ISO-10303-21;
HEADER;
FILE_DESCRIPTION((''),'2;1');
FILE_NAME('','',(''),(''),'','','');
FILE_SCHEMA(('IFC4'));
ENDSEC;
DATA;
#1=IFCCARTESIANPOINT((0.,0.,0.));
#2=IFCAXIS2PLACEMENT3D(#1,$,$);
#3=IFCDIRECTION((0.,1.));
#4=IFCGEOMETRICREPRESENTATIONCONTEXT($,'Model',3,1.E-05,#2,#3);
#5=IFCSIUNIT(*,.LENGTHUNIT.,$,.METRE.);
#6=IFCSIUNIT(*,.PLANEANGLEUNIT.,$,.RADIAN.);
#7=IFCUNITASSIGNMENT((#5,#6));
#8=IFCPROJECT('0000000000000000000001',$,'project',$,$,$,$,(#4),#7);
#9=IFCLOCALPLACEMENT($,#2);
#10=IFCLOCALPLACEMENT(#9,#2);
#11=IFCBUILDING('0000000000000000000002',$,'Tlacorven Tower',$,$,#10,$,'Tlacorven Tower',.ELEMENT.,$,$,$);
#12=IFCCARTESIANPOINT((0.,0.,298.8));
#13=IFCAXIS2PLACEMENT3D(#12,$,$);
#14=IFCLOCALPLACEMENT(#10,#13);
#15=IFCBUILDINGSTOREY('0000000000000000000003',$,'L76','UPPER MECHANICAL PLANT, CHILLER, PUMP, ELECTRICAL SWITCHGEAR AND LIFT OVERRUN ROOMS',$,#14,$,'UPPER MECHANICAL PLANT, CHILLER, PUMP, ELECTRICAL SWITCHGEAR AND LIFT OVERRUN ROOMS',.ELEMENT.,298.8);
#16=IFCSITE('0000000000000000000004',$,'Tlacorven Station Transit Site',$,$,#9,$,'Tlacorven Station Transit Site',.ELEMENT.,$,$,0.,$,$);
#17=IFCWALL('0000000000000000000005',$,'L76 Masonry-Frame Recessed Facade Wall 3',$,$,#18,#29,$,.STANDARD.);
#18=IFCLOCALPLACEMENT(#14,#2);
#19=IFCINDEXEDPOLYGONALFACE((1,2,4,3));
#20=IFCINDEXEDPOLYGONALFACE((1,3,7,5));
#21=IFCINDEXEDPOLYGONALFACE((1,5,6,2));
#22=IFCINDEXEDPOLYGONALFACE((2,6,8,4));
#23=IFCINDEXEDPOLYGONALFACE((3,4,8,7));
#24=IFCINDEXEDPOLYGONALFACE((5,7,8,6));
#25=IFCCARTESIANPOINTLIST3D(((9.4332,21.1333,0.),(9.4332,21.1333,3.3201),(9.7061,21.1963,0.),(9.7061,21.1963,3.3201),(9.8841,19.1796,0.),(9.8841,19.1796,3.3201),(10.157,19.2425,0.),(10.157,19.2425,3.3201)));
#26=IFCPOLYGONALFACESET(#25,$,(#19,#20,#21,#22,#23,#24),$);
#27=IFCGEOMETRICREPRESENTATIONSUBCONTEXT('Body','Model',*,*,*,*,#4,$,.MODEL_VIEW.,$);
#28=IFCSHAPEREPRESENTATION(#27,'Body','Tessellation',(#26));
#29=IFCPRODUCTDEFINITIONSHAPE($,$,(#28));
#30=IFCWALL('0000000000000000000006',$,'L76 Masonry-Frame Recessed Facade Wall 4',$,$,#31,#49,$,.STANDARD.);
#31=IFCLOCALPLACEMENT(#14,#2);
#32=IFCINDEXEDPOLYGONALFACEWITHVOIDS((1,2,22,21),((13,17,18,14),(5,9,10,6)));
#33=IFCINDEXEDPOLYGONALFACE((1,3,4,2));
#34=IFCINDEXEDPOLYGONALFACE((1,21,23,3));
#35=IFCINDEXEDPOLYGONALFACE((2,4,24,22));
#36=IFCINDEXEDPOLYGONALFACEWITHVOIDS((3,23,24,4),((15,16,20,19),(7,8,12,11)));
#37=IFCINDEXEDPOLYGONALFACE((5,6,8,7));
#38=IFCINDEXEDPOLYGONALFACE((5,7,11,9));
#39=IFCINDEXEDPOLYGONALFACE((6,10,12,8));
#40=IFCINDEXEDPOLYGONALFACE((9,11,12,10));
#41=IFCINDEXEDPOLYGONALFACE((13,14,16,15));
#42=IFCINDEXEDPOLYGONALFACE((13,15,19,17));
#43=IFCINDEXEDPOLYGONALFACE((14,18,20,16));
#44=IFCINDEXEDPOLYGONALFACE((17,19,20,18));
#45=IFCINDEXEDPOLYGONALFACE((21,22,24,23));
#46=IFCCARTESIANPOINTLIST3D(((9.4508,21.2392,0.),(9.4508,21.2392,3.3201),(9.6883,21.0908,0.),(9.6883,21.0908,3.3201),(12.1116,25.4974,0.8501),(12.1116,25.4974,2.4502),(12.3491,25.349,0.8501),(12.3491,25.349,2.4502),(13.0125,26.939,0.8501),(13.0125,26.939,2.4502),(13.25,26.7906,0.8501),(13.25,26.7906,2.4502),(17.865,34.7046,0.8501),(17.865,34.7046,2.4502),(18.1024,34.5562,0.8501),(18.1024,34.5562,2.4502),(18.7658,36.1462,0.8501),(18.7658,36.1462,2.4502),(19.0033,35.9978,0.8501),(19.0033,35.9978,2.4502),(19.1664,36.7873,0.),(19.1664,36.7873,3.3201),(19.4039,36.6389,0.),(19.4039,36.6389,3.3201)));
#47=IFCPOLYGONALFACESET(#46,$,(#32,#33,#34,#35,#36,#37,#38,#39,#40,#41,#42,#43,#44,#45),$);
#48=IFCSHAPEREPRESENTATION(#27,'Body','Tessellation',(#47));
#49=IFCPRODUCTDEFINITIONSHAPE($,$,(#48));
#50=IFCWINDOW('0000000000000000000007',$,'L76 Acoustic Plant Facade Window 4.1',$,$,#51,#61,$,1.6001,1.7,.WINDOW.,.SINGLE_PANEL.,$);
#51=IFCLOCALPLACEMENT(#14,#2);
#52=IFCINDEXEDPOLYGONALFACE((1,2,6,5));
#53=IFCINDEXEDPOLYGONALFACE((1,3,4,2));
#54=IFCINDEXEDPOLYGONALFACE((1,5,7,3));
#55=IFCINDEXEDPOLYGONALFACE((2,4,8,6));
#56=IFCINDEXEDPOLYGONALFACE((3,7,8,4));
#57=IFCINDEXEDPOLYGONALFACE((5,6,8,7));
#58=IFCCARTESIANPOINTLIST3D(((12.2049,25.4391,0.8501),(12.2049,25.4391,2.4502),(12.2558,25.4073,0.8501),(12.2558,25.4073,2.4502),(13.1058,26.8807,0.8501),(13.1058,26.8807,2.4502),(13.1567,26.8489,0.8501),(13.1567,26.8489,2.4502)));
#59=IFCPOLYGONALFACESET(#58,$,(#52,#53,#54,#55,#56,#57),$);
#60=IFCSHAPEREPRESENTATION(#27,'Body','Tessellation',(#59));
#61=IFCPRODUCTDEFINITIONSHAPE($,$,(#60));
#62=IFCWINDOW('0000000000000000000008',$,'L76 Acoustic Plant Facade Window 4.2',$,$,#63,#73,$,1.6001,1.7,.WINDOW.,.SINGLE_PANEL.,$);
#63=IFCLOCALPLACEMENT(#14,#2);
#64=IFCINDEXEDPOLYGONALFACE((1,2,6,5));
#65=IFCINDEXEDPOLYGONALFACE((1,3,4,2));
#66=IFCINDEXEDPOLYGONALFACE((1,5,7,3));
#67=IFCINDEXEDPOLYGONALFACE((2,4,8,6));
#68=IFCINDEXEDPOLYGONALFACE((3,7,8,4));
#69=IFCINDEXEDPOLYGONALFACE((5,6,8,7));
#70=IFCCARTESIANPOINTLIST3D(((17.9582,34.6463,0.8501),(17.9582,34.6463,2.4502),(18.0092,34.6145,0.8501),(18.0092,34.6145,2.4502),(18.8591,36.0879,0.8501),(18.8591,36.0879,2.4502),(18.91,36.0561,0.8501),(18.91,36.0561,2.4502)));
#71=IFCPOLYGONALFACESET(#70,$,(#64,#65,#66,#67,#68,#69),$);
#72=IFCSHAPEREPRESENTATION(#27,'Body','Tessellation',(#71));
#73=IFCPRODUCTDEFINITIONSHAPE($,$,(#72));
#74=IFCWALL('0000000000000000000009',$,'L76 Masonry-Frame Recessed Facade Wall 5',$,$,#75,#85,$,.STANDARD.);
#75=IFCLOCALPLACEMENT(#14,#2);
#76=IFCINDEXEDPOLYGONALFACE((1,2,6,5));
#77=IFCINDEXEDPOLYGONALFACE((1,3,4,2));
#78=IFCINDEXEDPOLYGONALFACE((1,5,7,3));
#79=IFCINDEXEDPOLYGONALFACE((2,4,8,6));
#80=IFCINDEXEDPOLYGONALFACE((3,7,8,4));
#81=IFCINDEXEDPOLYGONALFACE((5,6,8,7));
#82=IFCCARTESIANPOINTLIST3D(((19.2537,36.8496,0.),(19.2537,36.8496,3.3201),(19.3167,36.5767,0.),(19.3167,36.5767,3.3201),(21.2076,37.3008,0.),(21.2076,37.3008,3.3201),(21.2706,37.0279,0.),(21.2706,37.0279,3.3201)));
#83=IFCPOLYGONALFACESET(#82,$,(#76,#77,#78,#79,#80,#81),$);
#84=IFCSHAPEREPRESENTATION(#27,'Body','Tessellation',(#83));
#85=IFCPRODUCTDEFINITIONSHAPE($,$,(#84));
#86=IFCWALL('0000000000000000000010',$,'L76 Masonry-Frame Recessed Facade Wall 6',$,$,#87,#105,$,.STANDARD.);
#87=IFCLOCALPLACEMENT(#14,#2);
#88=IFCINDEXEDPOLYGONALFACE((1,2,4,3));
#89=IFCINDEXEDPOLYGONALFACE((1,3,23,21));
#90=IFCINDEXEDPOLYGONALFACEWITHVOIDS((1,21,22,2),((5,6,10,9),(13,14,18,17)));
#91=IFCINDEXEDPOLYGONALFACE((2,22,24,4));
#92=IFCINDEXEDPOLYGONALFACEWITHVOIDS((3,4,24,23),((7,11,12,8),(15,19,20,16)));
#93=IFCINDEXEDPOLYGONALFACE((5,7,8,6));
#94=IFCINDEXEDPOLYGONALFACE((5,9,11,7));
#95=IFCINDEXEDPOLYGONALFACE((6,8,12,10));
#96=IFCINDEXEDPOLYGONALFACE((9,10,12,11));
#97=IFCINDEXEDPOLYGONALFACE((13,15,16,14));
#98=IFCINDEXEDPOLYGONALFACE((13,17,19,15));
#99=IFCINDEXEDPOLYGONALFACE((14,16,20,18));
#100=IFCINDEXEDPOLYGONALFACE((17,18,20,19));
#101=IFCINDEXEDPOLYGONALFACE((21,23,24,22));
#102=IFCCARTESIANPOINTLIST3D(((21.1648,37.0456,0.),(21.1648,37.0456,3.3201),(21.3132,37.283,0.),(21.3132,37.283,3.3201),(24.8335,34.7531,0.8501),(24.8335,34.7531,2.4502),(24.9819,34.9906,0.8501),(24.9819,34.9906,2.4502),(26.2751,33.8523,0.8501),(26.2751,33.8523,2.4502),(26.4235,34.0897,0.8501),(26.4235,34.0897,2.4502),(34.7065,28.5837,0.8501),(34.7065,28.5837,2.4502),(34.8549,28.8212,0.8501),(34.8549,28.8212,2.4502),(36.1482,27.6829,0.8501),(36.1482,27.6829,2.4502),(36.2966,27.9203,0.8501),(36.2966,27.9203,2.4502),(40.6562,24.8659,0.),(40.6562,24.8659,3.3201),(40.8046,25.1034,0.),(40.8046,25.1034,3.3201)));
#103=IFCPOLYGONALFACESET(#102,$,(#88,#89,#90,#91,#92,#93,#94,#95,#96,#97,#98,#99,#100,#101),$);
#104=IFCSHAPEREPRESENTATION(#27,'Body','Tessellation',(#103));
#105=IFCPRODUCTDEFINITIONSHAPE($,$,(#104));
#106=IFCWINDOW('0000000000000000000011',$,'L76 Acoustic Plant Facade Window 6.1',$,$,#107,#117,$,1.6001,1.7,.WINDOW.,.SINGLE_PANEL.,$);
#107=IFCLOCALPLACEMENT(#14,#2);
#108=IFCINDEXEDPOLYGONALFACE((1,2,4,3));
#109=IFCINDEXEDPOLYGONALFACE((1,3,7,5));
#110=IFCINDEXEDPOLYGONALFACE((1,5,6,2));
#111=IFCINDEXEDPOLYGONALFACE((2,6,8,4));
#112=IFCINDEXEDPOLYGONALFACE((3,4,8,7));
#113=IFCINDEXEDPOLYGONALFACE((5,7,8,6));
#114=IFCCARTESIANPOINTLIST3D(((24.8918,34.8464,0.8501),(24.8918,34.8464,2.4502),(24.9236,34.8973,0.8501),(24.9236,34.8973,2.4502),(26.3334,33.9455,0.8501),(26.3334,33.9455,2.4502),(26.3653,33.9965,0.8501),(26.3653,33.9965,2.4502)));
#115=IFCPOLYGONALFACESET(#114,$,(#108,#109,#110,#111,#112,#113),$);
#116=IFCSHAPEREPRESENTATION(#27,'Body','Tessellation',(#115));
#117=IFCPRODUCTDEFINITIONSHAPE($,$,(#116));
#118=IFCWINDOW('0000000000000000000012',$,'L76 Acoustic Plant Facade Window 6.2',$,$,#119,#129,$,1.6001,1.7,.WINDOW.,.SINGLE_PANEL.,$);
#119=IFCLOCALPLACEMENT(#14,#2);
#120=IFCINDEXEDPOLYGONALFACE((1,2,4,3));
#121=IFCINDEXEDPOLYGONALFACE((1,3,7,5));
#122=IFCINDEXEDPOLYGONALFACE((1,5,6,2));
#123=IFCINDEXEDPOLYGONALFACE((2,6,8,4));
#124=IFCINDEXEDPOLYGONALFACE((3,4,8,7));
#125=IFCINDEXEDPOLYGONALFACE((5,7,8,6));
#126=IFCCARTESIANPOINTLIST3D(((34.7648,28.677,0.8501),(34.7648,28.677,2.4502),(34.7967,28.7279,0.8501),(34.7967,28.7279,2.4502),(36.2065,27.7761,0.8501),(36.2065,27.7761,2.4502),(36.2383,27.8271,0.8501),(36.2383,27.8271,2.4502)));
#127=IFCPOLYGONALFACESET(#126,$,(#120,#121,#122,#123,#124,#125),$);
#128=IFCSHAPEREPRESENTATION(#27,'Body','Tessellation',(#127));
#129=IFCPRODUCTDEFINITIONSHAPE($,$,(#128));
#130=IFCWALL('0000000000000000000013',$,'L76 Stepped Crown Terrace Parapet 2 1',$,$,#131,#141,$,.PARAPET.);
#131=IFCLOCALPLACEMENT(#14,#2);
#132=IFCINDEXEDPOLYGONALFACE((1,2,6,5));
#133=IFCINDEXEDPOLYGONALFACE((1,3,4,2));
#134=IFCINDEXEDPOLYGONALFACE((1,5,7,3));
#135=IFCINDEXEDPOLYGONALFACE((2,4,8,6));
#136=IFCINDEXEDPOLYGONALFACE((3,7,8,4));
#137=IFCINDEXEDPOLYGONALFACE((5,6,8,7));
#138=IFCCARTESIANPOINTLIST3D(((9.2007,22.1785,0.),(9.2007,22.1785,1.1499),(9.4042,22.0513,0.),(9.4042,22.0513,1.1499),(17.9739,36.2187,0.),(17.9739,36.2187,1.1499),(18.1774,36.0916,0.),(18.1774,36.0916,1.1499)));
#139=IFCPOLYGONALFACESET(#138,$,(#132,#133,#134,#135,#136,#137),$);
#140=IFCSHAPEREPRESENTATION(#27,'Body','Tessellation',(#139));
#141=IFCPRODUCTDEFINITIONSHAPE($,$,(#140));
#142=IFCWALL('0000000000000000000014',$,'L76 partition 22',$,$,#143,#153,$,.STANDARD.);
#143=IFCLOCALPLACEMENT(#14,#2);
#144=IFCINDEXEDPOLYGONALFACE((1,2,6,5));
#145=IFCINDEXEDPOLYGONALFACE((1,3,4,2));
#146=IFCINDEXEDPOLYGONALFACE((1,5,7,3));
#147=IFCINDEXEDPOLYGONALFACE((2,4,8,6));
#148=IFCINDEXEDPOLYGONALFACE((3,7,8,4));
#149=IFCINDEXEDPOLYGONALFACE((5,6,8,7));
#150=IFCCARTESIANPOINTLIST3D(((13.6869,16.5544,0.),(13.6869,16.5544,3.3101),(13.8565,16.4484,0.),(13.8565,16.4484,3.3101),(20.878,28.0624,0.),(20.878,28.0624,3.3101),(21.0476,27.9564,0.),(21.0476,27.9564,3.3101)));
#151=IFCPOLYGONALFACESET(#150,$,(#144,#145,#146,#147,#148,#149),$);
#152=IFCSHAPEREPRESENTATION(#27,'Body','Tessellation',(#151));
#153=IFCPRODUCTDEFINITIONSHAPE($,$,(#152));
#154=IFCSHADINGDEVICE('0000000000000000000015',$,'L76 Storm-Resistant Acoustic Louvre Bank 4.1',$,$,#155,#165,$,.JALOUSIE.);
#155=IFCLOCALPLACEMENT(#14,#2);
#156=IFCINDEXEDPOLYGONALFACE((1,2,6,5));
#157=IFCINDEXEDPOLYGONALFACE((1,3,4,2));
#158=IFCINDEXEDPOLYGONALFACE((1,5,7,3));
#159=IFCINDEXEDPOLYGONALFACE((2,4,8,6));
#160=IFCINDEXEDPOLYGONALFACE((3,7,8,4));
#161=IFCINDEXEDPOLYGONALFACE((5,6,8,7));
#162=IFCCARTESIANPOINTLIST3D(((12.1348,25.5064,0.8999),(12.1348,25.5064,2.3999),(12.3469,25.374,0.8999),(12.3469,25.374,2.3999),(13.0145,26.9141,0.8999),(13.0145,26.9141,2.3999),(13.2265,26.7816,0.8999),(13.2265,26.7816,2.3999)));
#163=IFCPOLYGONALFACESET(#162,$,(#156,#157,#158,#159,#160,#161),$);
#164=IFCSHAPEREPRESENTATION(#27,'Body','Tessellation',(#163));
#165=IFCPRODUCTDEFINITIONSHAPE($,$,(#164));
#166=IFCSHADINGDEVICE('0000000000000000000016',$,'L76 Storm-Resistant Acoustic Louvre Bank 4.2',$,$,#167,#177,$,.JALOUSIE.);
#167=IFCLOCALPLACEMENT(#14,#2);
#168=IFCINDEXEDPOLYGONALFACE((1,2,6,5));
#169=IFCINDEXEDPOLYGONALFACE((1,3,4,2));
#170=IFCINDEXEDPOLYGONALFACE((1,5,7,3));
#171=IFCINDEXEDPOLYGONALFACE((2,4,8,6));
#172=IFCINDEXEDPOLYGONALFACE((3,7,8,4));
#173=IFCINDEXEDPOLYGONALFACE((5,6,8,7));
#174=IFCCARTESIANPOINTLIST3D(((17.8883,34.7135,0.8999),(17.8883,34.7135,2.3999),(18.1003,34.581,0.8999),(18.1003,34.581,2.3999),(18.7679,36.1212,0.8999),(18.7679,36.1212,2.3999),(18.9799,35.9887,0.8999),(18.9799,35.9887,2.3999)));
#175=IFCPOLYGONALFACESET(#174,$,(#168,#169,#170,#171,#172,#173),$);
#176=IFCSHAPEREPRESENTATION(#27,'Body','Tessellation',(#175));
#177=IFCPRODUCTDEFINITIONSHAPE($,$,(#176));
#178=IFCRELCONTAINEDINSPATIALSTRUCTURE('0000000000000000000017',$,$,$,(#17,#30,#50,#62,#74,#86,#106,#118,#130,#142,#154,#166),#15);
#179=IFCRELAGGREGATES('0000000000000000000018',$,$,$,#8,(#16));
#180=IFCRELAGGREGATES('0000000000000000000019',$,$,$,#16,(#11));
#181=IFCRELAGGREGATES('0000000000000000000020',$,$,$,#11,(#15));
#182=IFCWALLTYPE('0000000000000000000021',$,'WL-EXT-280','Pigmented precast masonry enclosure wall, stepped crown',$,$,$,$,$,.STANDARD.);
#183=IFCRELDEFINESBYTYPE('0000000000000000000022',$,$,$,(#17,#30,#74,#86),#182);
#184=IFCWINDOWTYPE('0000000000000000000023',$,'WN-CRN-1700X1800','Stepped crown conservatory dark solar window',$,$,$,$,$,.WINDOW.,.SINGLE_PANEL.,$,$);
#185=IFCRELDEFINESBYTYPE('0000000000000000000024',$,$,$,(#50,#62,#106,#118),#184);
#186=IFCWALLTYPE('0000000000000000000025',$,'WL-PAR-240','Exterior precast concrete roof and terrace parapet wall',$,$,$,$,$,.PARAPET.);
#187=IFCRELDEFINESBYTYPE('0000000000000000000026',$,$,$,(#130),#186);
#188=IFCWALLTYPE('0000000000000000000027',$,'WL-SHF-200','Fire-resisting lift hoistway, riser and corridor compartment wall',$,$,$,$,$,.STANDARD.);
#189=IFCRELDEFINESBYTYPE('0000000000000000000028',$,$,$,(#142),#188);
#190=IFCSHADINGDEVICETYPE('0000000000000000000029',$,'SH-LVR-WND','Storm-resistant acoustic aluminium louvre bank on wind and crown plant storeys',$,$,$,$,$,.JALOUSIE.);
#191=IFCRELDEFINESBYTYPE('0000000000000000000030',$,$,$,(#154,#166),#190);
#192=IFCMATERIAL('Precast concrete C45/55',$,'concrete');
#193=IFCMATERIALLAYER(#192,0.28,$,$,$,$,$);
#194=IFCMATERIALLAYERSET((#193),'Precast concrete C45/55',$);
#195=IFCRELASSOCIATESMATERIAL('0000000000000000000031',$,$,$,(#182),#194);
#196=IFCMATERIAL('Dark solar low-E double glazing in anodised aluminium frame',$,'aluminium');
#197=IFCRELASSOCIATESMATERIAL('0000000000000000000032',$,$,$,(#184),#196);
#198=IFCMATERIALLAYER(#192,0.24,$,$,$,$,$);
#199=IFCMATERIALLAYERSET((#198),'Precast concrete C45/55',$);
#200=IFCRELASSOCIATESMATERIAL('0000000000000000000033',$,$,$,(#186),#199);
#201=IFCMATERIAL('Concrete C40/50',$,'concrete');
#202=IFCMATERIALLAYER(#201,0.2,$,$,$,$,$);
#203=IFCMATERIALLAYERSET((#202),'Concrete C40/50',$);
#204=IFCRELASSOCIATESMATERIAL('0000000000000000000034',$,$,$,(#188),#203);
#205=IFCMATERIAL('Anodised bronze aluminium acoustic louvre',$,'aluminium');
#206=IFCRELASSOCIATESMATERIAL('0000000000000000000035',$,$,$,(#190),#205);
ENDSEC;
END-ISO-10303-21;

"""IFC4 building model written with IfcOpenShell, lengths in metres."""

from ifc_helpers import new_model, si_unit, direction, frame, frame_2d, origin, origin_2d, place, context, subcontext, project, spatial, rectangle, extrude, source, transform, mapped, material, layer, layer_set, type_object, element, fill, save


model = new_model("IFC4")

# Units and contexts
model_context = context("Model", 3, precision=1e-05, world=origin(), true_north=direction((0.0, 1.0)))
body_context = subcontext(model_context, "Body", "Model", "MODEL_VIEW")
ifc_project = project(units=[si_unit("LENGTHUNIT", "METRE"), si_unit("PLANEANGLEUNIT", "RADIAN")], contexts=[model_context])

# Site, building, storey
site_placement = place(None, origin())
site = spatial("IfcSite", under=ifc_project, at=site_placement, Name="Tlacorven Station Transit Site", LongName="Tlacorven Station Transit Site", CompositionType="ELEMENT", RefElevation=0.0)
building_placement = place(site_placement, origin())
building = spatial("IfcBuilding", under=site, at=building_placement, Name="Tlacorven Tower", LongName="Tlacorven Tower", CompositionType="ELEMENT")
storey_placement = place(building_placement, frame((0.0, 0.0, 298.8)))
storey = spatial("IfcBuildingStorey", under=building, at=storey_placement, Name="L76", Description="UPPER MECHANICAL PLANT, CHILLER, PUMP, ELECTRICAL SWITCHGEAR AND LIFT OVERRUN ROOMS", LongName="UPPER MECHANICAL PLANT, CHILLER, PUMP, ELECTRICAL SWITCHGEAR AND LIFT OVERRUN ROOMS", CompositionType="ELEMENT", Elevation=298.8)

# Wall
ifc_material_1 = material(Name="Precast concrete C45/55", Category="concrete")
ifc_layer_1 = layer(ifc_material_1, 0.28)
ifc_layer_set_1 = layer_set([ifc_layer_1], Name="Precast concrete C45/55")
wall_type_1 = type_object("IfcWallType", Name="WL-EXT-280", Description="Pigmented precast masonry enclosure wall, stepped crown", PredefinedType="STANDARD", material=ifc_layer_set_1)
wall_1_placement = place(storey_placement, frame((10.0205, 19.2112, 0.0), z_axis=(0.0, 0.0, 1.0), x_axis=(-0.224877, 0.974387, 0.0)))
element("IfcWall", 1, at=wall_1_placement, inside=storey, type_object=wall_type_1, Name="L76 Masonry-Frame Recessed Facade Wall 3", PredefinedType="STANDARD", context=body_context, shape_type="SweptSolid", body=[
    extrude(rectangle(XDim=2.0051, YDim=0.28, at=frame_2d((1.0024, 0.0))), origin(), (0.0, 0.0, 1.0), 3.3201),
])

# Wall, openings, windows
wall_2_placement = place(storey_placement, frame((9.5696, 21.165, 0.0), z_axis=(0.0, 0.0, 1.0), x_axis=(0.529921, 0.848047, 0.0)))
wall_2 = element("IfcWall", 2, at=wall_2_placement, inside=storey, type_object=wall_type_1, Name="L76 Masonry-Frame Recessed Facade Wall 4", PredefinedType="STANDARD", context=body_context, shape_type="SweptSolid", body=[
    extrude(rectangle(XDim=18.334, YDim=0.28, at=frame_2d((9.167, 0.0))), origin(), (0.0, 0.0, 1.0), 3.3201),
])
opening_1_placement = place(wall_2_placement, frame((5.021, 0.0, 0.8501)))
opening_1 = element("IfcOpeningElement", 3, at=opening_1_placement, cuts=wall_2, PredefinedType="OPENING", context=body_context, shape_type="SweptSolid", body=[
    extrude(rectangle(XDim=1.7, YDim=1.6001, at=frame_2d((0.8501, 0.8))), frame((0.0, 0.1499, 0.0), z_axis=(0.0, -1.0, 0.0), x_axis=(1.0, 0.0, 0.0)), (0.0, 0.0, 1.0), 0.3),
])
opening_2_placement = place(wall_2_placement, frame((15.8779, 0.0, 0.8501)))
opening_2 = element("IfcOpeningElement", 4, at=opening_2_placement, cuts=wall_2, PredefinedType="OPENING", context=body_context, shape_type="SweptSolid", body=[
    extrude(rectangle(XDim=1.7, YDim=1.6001, at=frame_2d((0.8501, 0.8))), frame((0.0, 0.1499, 0.0), z_axis=(0.0, -1.0, 0.0), x_axis=(1.0, 0.0, 0.0)), (0.0, 0.0, 1.0), 0.3),
])
ifc_material_2 = material(Name="Dark solar low-E double glazing in anodised aluminium frame", Category="aluminium")
window_type = type_object("IfcWindowType", Name="WN-CRN-1700X1800", Description="Stepped crown conservatory dark solar window", PartitioningType="SINGLE_PANEL", PredefinedType="WINDOW", material=ifc_material_2)
shared_shape_1 = source(origin(), body_context, "Body", "SweptSolid", [
    extrude(rectangle(XDim=1.7, YDim=1.6001, at=frame_2d((0.8501, 0.8))), frame((0.0, 0.03, 0.0), z_axis=(0.0, -1.0, 0.0), x_axis=(1.0, 0.0, 0.0)), (0.0, 0.0, 1.0), 0.0601),
])
window_1_placement = place(opening_1_placement, origin())
window_1 = element("IfcWindow", 5, at=window_1_placement, inside=storey, type_object=window_type, Name="L76 Acoustic Plant Facade Window 4.1", OverallHeight=1.6001, OverallWidth=1.7, PartitioningType="SINGLE_PANEL", PredefinedType="WINDOW", context=body_context, shape_type="MappedRepresentation", body=[
    mapped(shared_shape_1, transform((0.0, 0.0, 0.0), scale=1.0)),
])
fill(opening_1, window_1)
window_2_placement = place(opening_2_placement, origin())
window_2 = element("IfcWindow", 6, at=window_2_placement, inside=storey, type_object=window_type, Name="L76 Acoustic Plant Facade Window 4.2", OverallHeight=1.6001, OverallWidth=1.7, PartitioningType="SINGLE_PANEL", PredefinedType="WINDOW", context=body_context, shape_type="MappedRepresentation", body=[
    mapped(shared_shape_1, transform((0.0, 0.0, 0.0), scale=1.0)),
])
fill(opening_2, window_2)

# Wall
wall_3_placement = place(storey_placement, frame((19.2852, 36.7131, 0.0), z_axis=(0.0, 0.0, 1.0), x_axis=(0.97436, 0.224993, 0.0)))
element("IfcWall", 7, at=wall_3_placement, inside=storey, type_object=wall_type_1, Name="L76 Masonry-Frame Recessed Facade Wall 5", PredefinedType="STANDARD", context=body_context, shape_type="SweptSolid", body=[
    extrude(rectangle(XDim=2.0054, YDim=0.28, at=frame_2d((1.0027, 0.0))), origin(), (0.0, 0.0, 1.0), 3.3201),
])

# Wall, openings, windows
wall_4_placement = place(storey_placement, frame((21.239, 37.1643, 0.0), z_axis=(0.0, 0.0, 1.0), x_axis=(0.848047, -0.529922, 0.0)))
wall_4 = element("IfcWall", 8, at=wall_4_placement, inside=storey, type_object=wall_type_1, Name="L76 Masonry-Frame Recessed Facade Wall 6", PredefinedType="STANDARD", context=body_context, shape_type="SweptSolid", body=[
    extrude(rectangle(XDim=22.9839, YDim=0.28, at=frame_2d((11.4919, 0.0))), origin(), (0.0, 0.0, 1.0), 3.3201),
])
opening_3_placement = place(wall_4_placement, frame((4.3259, 0.0, 0.8501)))
opening_3 = element("IfcOpeningElement", 9, at=opening_3_placement, cuts=wall_4, PredefinedType="OPENING", context=body_context, shape_type="SweptSolid", body=[
    extrude(rectangle(XDim=1.7, YDim=1.6001, at=frame_2d((0.8501, 0.8))), frame((0.0, 0.1499, 0.0), z_axis=(0.0, -1.0, 0.0), x_axis=(1.0, 0.0, 0.0)), (0.0, 0.0, 1.0), 0.3),
])
opening_4_placement = place(wall_4_placement, frame((15.968, 0.0, 0.8501)))
opening_4 = element("IfcOpeningElement", 10, at=opening_4_placement, cuts=wall_4, PredefinedType="OPENING", context=body_context, shape_type="SweptSolid", body=[
    extrude(rectangle(XDim=1.7, YDim=1.6001, at=frame_2d((0.8501, 0.8))), frame((0.0, 0.1499, 0.0), z_axis=(0.0, -1.0, 0.0), x_axis=(1.0, 0.0, 0.0)), (0.0, 0.0, 1.0), 0.3),
])
window_3_placement = place(opening_3_placement, origin())
window_3 = element("IfcWindow", 11, at=window_3_placement, inside=storey, type_object=window_type, Name="L76 Acoustic Plant Facade Window 6.1", OverallHeight=1.6001, OverallWidth=1.7, PartitioningType="SINGLE_PANEL", PredefinedType="WINDOW", context=body_context, shape_type="MappedRepresentation", body=[
    mapped(shared_shape_1, transform((0.0, 0.0, 0.0), scale=1.0)),
])
fill(opening_3, window_3)
window_4_placement = place(opening_4_placement, origin())
window_4 = element("IfcWindow", 12, at=window_4_placement, inside=storey, type_object=window_type, Name="L76 Acoustic Plant Facade Window 6.2", OverallHeight=1.6001, OverallWidth=1.7, PartitioningType="SINGLE_PANEL", PredefinedType="WINDOW", context=body_context, shape_type="MappedRepresentation", body=[
    mapped(shared_shape_1, transform((0.0, 0.0, 0.0), scale=1.0)),
])
fill(opening_4, window_4)

# Walls
ifc_layer_2 = layer(ifc_material_1, 0.24)
ifc_layer_set_2 = layer_set([ifc_layer_2], Name="Precast concrete C45/55")
wall_type_2 = type_object("IfcWallType", Name="WL-PAR-240", Description="Exterior precast concrete roof and terrace parapet wall", PredefinedType="PARAPET", material=ifc_layer_set_2)
wall_5_placement = place(storey_placement, frame((9.3025, 22.115, 0.0), z_axis=(0.0, 0.0, 1.0), x_axis=(0.529913, 0.848052, 0.0)))
element("IfcWall", 13, at=wall_5_placement, inside=storey, type_object=wall_type_2, Name="L76 Stepped Crown Terrace Parapet 2 1", PredefinedType="PARAPET", context=body_context, shape_type="SweptSolid", body=[
    extrude(rectangle(XDim=16.5559, YDim=0.24, at=frame_2d((8.2778, 0.0))), origin(), (0.0, 0.0, 1.0), 1.1499),
])
ifc_material_3 = material(Name="Concrete C40/50", Category="concrete")
ifc_layer_3 = layer(ifc_material_3, 0.2)
ifc_layer_set_3 = layer_set([ifc_layer_3], Name="Concrete C40/50")
wall_type_3 = type_object("IfcWallType", Name="WL-SHF-200", Description="Fire-resisting lift hoistway, riser and corridor compartment wall", PredefinedType="STANDARD", material=ifc_layer_set_3)
wall_6_placement = place(storey_placement, frame((20.9629, 28.0095, 0.0), z_axis=(0.0, 0.0, 1.0), x_axis=(-0.529926, -0.848044, 0.0)))
element("IfcWall", 14, at=wall_6_placement, inside=storey, type_object=wall_type_3, Name="L76 partition 22", PredefinedType="STANDARD", context=body_context, shape_type="SweptSolid", body=[
    extrude(rectangle(XDim=13.5701, YDim=0.2, at=frame_2d((6.7852, 0.0))), origin(), (0.0, 0.0, 1.0), 3.3101),
])

# Shading devices
ifc_material_4 = material(Name="Anodised bronze aluminium acoustic louvre", Category="aluminium")
shading_device_type = type_object("IfcShadingDeviceType", Name="SH-LVR-WND", Description="Storm-resistant acoustic aluminium louvre bank on wind and crown plant storeys", PredefinedType="JALOUSIE", material=ifc_material_4)
shared_shape_2 = source(origin(), body_context, "Body", "SweptSolid", [
    extrude(rectangle(XDim=1.6599, YDim=0.25, at=origin_2d()), origin(), (0.0, 0.0, 1.0), 1.5),
])
for number, where, z_axis, x_axis, name in (
    (15, (12.6807, 26.144, 0.8999), (0.0, 0.0, 1.0), (0.529919, 0.848048, 0.0), "L76 Storm-Resistant Acoustic Louvre Bank 4.1"),
    (16, (18.4341, 35.3511, 0.8999), (0.0, 0.0, 1.0), (0.529919, 0.848048, 0.0), "L76 Storm-Resistant Acoustic Louvre Bank 4.2"),
):
    element("IfcShadingDevice", number, at=place(storey_placement, frame(where, z_axis=z_axis, x_axis=x_axis)), inside=storey, type_object=shading_device_type, Name=name, PredefinedType="JALOUSIE", context=body_context, shape_type="MappedRepresentation", body=[
        mapped(shared_shape_2, transform((0.0, 0.0, 0.0), scale=1.0)),
    ])

save(model, "model.ifc")
